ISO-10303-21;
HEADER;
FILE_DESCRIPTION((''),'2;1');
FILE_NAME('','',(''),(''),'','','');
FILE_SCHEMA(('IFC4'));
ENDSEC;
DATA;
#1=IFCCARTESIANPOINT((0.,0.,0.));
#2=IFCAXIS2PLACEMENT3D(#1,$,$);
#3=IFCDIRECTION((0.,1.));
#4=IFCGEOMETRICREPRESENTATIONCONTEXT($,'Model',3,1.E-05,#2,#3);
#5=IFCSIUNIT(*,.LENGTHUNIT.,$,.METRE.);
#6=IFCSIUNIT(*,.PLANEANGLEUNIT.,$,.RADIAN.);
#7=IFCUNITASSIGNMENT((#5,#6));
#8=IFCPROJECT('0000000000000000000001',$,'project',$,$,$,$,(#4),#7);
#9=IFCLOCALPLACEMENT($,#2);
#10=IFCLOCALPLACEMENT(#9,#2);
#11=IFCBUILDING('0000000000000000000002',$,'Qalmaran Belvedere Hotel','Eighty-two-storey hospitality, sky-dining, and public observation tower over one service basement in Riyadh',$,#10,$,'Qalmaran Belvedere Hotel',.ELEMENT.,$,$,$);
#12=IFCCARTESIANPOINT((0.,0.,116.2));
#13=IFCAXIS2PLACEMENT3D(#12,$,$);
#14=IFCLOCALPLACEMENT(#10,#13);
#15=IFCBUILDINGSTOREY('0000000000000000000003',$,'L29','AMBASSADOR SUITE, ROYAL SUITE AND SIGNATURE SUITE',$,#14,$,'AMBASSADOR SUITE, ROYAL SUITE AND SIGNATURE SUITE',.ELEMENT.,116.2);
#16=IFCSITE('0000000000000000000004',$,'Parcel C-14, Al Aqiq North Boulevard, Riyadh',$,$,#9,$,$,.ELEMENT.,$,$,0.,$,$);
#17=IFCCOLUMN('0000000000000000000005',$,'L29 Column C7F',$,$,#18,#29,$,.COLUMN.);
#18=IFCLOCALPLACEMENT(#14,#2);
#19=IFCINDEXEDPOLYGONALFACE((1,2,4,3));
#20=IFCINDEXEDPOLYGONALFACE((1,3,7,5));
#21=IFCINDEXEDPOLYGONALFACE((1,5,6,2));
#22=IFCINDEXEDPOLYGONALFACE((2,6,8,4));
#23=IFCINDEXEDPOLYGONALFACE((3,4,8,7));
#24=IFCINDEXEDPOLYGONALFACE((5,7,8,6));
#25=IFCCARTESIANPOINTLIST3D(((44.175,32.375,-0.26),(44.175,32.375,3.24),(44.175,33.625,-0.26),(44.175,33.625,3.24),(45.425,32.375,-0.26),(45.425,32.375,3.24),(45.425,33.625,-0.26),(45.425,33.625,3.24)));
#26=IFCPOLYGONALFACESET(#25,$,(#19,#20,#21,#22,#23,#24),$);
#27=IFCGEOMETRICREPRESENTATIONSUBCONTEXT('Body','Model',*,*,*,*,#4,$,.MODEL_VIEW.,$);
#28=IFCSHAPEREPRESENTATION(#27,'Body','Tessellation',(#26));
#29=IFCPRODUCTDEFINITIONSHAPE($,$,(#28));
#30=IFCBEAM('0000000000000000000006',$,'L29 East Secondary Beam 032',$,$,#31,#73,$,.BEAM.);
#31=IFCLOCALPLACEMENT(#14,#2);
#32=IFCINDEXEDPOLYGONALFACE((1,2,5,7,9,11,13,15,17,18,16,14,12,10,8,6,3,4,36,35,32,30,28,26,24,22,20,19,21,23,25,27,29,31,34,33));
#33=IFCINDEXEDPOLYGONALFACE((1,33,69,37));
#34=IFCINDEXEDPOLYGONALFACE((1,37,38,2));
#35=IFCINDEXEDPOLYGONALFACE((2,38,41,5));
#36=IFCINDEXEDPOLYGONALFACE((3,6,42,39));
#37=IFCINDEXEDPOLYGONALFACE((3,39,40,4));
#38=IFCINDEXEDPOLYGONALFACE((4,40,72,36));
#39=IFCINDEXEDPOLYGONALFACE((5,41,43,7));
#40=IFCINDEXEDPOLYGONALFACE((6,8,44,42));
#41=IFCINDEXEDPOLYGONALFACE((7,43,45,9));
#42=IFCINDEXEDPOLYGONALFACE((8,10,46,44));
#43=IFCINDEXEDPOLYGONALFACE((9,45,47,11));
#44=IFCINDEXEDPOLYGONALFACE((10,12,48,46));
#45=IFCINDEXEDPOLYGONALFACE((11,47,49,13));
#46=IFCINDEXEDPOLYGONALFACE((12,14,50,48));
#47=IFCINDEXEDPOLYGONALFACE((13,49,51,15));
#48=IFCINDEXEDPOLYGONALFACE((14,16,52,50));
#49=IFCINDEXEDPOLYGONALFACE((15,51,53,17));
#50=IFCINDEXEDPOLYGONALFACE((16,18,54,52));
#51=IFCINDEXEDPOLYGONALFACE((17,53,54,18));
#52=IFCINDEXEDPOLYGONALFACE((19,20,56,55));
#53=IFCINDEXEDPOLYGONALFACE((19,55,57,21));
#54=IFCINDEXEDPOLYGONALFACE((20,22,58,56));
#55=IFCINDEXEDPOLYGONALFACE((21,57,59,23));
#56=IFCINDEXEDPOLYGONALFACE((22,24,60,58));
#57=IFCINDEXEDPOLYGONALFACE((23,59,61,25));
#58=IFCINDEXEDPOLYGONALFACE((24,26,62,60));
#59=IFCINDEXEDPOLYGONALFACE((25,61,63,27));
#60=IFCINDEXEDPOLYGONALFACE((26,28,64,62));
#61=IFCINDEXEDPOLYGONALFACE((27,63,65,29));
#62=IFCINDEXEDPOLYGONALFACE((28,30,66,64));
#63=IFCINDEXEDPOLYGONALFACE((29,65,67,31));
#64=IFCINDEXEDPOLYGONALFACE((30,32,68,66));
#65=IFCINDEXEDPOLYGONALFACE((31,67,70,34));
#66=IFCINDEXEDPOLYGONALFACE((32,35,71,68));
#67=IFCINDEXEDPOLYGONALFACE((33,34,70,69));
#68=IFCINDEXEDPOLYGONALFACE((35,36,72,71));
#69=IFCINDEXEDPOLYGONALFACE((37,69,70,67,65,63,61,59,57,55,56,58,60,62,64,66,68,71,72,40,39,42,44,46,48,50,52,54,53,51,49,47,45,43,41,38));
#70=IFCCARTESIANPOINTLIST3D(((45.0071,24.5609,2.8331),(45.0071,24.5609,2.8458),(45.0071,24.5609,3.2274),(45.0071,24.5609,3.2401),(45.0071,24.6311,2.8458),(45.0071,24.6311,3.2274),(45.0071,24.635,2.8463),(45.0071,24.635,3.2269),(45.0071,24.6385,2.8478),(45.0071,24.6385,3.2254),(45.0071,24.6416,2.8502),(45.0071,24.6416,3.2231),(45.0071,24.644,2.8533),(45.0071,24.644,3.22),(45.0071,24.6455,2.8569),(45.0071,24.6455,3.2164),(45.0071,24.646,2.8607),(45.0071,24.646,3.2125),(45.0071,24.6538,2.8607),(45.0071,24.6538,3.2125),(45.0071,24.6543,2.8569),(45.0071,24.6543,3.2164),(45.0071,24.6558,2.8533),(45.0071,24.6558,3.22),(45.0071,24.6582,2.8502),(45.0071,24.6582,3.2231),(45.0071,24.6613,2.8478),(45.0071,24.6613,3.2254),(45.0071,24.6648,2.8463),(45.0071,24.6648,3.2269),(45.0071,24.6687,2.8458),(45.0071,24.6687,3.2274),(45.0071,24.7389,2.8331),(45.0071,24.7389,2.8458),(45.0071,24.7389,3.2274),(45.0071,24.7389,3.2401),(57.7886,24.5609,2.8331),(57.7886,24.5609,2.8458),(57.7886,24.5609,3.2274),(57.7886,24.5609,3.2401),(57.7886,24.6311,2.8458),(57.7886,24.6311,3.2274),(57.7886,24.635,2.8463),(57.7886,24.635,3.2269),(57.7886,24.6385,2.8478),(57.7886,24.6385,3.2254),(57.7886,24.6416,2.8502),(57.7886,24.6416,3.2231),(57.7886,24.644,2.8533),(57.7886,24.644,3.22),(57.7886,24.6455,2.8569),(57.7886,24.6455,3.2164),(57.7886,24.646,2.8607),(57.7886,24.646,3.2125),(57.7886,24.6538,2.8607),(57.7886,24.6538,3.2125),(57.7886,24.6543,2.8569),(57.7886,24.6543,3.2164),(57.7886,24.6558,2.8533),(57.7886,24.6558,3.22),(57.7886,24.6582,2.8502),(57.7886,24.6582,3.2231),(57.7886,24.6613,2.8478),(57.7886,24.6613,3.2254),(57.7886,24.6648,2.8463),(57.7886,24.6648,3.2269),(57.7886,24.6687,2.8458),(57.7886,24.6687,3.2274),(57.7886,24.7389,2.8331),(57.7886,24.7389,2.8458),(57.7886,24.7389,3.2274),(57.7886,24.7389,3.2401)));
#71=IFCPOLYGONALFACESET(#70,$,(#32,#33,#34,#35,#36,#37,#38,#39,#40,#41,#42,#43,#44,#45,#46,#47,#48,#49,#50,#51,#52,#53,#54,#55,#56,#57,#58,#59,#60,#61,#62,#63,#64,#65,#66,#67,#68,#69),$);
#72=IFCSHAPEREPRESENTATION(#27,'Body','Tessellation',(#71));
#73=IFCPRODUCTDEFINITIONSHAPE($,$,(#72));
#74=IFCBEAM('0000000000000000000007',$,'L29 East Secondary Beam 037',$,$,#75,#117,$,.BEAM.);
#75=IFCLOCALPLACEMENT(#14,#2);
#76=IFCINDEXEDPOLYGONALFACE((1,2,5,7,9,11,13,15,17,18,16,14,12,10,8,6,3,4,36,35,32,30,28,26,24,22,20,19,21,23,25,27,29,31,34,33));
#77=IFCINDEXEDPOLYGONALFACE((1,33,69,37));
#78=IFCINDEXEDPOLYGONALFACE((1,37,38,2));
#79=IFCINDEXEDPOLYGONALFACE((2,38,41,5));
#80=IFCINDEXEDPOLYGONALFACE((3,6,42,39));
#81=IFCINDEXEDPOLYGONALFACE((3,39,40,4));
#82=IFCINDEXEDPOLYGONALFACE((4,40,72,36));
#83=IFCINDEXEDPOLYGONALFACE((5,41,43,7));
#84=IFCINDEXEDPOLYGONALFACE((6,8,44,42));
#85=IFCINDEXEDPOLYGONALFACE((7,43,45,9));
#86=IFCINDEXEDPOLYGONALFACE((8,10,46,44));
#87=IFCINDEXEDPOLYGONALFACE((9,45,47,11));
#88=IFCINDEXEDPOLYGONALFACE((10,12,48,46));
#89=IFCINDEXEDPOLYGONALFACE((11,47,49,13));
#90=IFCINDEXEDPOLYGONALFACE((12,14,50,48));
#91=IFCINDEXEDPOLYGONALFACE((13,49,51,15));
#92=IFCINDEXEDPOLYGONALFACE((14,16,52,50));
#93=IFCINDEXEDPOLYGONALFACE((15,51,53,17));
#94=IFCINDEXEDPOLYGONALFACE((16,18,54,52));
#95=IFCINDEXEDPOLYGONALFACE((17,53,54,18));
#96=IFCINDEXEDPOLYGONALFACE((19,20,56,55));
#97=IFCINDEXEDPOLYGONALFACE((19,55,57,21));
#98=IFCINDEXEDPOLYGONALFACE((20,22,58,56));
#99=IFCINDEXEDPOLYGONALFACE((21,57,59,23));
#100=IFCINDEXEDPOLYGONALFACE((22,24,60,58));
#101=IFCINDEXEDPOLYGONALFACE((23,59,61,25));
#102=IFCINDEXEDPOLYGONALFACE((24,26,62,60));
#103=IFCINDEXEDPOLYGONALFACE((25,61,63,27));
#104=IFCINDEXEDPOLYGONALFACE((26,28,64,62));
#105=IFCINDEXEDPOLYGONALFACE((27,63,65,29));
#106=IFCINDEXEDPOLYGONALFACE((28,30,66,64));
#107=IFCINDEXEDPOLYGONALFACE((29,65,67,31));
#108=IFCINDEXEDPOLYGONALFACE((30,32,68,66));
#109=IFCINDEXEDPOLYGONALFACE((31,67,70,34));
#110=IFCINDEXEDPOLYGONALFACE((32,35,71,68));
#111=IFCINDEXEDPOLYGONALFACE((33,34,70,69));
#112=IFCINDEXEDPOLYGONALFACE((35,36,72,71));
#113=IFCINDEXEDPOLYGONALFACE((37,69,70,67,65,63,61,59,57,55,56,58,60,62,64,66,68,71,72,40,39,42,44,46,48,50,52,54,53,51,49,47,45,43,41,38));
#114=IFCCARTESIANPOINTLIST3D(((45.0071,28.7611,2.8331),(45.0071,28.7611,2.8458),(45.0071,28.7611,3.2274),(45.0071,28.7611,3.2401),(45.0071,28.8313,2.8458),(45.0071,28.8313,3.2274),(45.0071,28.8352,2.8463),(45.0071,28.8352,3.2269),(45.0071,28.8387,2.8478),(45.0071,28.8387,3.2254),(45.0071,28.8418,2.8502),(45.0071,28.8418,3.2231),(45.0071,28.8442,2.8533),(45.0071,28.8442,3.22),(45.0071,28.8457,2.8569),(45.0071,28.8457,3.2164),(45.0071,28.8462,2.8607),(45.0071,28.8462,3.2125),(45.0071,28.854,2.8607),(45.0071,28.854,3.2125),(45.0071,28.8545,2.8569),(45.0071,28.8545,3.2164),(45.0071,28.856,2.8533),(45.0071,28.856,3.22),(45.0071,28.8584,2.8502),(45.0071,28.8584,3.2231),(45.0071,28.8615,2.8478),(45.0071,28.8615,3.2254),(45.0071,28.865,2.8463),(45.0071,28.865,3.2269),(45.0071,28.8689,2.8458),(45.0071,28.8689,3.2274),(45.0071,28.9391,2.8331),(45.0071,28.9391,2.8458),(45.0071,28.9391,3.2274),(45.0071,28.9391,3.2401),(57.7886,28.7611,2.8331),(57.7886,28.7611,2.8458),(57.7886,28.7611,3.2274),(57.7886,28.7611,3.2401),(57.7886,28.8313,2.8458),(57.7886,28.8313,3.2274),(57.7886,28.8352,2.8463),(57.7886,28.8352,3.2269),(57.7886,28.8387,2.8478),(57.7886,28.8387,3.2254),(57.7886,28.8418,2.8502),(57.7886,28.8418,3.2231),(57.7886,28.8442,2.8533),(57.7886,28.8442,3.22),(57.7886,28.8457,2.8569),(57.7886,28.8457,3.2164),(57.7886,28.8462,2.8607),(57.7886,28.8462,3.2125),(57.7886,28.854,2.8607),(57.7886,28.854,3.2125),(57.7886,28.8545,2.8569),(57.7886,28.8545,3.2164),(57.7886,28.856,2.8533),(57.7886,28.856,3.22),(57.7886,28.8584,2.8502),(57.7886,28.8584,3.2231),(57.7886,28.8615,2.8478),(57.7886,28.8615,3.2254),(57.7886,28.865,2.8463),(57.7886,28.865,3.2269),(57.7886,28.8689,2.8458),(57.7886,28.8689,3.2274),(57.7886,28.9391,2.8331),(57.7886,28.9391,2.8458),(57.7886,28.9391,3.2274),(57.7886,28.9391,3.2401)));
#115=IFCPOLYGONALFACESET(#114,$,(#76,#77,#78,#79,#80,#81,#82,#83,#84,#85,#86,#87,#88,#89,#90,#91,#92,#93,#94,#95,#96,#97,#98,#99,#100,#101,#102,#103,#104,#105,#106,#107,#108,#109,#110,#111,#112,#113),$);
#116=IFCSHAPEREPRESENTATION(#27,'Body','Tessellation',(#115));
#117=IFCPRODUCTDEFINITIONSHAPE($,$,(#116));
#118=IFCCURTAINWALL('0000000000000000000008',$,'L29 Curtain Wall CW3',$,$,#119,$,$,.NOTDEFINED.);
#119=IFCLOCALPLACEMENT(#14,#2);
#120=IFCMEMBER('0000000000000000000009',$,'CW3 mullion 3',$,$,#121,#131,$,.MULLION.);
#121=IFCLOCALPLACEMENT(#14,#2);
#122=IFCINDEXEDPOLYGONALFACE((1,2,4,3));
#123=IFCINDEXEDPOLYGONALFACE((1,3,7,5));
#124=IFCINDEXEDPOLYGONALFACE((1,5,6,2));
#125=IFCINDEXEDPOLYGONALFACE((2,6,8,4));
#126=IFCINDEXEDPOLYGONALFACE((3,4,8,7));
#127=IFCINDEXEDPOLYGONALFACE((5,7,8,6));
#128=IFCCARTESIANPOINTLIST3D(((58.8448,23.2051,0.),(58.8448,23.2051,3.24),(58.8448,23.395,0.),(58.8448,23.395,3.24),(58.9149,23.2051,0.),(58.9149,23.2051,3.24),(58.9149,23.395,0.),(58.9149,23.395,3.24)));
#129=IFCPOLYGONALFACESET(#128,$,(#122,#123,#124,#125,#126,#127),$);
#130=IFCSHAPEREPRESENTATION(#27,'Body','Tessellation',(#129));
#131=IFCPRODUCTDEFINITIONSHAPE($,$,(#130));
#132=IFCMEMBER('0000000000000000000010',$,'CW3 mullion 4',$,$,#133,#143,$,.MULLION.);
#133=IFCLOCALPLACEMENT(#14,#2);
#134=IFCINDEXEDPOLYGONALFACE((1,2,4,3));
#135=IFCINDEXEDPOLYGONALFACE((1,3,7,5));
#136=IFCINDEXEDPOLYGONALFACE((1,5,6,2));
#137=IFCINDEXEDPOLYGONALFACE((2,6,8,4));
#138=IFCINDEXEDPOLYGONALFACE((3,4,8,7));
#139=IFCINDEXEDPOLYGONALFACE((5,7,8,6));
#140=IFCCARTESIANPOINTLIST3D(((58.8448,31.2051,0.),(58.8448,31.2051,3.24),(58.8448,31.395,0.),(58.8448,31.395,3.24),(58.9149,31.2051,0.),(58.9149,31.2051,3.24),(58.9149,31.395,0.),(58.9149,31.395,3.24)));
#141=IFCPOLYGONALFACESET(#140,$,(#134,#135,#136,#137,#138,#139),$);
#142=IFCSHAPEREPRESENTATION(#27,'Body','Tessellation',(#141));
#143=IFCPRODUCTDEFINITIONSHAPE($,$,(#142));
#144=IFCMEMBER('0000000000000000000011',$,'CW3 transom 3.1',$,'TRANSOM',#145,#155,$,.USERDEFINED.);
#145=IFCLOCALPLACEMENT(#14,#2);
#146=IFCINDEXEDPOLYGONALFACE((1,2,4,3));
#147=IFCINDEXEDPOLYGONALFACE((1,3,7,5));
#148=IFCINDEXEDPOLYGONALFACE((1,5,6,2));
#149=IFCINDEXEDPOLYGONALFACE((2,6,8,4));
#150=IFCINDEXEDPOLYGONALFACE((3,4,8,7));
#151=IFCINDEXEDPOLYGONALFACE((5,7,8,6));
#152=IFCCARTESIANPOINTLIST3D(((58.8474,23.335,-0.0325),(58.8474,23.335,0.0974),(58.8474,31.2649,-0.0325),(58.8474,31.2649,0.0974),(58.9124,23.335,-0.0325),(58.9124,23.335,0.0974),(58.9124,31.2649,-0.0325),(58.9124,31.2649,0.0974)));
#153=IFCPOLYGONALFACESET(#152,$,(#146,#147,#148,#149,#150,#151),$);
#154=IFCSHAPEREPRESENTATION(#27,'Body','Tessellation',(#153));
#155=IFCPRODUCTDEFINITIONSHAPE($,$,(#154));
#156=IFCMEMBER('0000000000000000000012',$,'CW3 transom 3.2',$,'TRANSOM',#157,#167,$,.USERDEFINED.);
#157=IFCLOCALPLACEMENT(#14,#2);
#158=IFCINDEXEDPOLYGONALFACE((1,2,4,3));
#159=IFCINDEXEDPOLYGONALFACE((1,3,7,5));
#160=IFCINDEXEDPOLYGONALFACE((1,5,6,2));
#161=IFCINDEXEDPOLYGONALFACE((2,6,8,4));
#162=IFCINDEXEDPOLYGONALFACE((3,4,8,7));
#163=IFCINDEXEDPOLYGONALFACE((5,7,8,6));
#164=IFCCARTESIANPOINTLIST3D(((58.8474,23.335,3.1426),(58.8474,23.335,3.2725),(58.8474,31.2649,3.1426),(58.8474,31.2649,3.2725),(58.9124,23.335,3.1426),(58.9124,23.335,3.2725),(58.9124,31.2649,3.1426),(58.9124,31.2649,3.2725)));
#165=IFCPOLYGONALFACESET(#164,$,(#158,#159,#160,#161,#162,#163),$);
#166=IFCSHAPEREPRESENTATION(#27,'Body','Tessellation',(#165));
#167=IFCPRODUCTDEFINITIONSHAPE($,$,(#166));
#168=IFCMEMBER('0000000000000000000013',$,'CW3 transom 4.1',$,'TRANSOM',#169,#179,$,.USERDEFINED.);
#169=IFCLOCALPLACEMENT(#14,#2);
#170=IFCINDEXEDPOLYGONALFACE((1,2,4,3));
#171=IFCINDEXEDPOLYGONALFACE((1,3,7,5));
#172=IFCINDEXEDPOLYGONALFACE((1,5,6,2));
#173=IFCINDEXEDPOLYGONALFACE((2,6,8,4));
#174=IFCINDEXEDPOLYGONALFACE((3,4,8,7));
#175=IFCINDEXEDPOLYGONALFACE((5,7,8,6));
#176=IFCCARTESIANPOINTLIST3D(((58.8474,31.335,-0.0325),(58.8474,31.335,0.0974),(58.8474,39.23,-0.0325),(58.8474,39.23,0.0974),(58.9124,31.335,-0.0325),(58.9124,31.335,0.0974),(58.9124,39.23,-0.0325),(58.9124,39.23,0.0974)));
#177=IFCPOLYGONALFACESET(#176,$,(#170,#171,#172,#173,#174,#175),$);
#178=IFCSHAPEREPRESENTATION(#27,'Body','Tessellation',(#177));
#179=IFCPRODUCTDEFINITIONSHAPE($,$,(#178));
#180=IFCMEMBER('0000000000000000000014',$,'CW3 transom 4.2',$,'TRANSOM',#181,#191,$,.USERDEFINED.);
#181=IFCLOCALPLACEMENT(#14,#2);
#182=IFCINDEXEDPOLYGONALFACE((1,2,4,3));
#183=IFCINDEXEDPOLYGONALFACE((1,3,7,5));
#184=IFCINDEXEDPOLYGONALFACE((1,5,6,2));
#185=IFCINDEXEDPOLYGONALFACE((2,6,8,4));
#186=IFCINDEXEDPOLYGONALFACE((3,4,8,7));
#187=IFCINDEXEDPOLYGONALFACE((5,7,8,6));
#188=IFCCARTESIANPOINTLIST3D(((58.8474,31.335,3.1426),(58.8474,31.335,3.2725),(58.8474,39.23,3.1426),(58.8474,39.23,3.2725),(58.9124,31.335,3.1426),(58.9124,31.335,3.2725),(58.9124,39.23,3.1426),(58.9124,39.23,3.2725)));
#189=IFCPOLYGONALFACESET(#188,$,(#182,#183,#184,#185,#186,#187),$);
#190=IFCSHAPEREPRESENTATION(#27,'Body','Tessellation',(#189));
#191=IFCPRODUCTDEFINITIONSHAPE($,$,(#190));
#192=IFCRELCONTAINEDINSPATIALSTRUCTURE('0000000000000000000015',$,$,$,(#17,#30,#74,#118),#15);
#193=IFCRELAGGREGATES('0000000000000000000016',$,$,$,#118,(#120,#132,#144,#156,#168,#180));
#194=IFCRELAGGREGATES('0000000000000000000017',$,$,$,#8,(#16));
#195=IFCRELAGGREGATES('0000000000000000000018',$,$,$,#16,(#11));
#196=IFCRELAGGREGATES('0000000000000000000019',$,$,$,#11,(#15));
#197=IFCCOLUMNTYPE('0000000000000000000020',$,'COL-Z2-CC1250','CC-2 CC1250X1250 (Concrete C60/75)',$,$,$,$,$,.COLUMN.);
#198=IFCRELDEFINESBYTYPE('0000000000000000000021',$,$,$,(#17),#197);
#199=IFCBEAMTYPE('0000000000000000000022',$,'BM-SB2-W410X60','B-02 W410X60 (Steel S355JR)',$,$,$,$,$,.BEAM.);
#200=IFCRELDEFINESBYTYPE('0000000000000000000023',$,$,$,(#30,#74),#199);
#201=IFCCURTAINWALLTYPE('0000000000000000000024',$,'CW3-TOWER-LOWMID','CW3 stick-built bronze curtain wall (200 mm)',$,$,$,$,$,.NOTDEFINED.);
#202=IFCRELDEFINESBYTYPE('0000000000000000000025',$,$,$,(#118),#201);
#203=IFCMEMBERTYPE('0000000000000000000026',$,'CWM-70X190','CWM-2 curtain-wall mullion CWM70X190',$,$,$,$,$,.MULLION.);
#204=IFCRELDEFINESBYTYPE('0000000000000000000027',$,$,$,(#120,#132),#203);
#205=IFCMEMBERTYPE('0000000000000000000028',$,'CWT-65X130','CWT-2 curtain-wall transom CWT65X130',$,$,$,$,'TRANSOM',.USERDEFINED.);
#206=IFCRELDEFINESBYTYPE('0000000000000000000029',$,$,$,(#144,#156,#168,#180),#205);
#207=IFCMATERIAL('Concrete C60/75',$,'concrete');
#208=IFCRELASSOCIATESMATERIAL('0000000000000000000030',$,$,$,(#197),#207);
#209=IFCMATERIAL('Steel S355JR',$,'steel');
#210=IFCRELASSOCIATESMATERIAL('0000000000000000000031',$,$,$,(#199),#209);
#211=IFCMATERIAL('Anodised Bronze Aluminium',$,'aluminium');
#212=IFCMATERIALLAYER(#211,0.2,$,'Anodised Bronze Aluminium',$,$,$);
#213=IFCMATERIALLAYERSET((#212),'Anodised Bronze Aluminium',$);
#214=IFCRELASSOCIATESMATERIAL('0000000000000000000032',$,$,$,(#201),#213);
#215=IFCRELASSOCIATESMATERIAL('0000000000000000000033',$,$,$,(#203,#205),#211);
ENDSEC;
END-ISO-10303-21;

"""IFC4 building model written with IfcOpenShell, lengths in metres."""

from ifc_helpers import new_model, si_unit, direction, frame, origin, origin_2d, place, context, subcontext, project, spatial, rectangle, i_section, extrude, material, layer, layer_set, material_profile, profile_set, type_object, element, aggregate, save


model = new_model("IFC4")

# Units and contexts
model_context = context("Model", 3, precision=1e-05, world=origin(), true_north=direction((0.0, 1.0)))
body_context = subcontext(model_context, "Body", "Model", "MODEL_VIEW")
ifc_project = project(units=[si_unit("LENGTHUNIT", "METRE"), si_unit("PLANEANGLEUNIT", "RADIAN")], contexts=[model_context])

# Site, building, storey
site_placement = place(None, origin())
site = spatial("IfcSite", under=ifc_project, at=site_placement, Name="Parcel C-14, Al Aqiq North Boulevard, Riyadh", CompositionType="ELEMENT", RefElevation=0.0)
building_placement = place(site_placement, origin())
building = spatial("IfcBuilding", under=site, at=building_placement, Name="Qalmaran Belvedere Hotel", Description="Eighty-two-storey hospitality, sky-dining, and public observation tower over one service basement in Riyadh", LongName="Qalmaran Belvedere Hotel", CompositionType="ELEMENT")
storey_placement = place(building_placement, frame((0.0, 0.0, 116.2)))
storey = spatial("IfcBuildingStorey", under=building, at=storey_placement, Name="L29", Description="AMBASSADOR SUITE, ROYAL SUITE AND SIGNATURE SUITE", LongName="AMBASSADOR SUITE, ROYAL SUITE AND SIGNATURE SUITE", CompositionType="ELEMENT", Elevation=116.2)

# Column
ifc_material_1 = material(Name="Concrete C60/75", Category="concrete")
ifc_material_profile_1 = material_profile(ifc_material_1, rectangle(XDim=1.25, YDim=1.25, at=origin_2d()), Name="CC1250X1250")
ifc_profile_set_1 = profile_set([ifc_material_profile_1], Name="Concrete C60/75")
column_type = type_object("IfcColumnType", Name="COL-Z2-CC1250", Description="CC-2 CC1250X1250 (Concrete C60/75)", PredefinedType="COLUMN", material=ifc_profile_set_1)
column_placement = place(storey_placement, frame((44.8, 33.0, -0.26), z_axis=(0.0, 0.0, 1.0), x_axis=(1.0, 0.0, 0.0)))
element("IfcColumn", 1, at=column_placement, inside=storey, type_object=column_type, Name="L29 Column C7F", PredefinedType="COLUMN", context=body_context, shape_type="SweptSolid", body=[
    extrude(rectangle(XDim=1.25, YDim=1.25, at=origin_2d()), origin(), (0.0, 0.0, 1.0), 3.5),
])

# Beams
ifc_material_2 = material(Name="Steel S355JR", Category="steel")
ifc_material_profile_2 = material_profile(ifc_material_2, i_section(OverallWidth=0.178, OverallDepth=0.407, WebThickness=0.0078, FlangeThickness=0.0127, FilletRadius=0.0149, at=origin_2d()), Name="W410X60")
ifc_profile_set_2 = profile_set([ifc_material_profile_2], Name="Steel S355JR")
beam_type = type_object("IfcBeamType", Name="BM-SB2-W410X60", Description="B-02 W410X60 (Steel S355JR)", PredefinedType="BEAM", material=ifc_profile_set_2)
for number, where, z_axis, x_axis, name in (
    (2, (45.0071, 24.6499, 3.0366), (1.0, 0.0, 0.0), (0.0, 1.0, 0.0), "L29 East Secondary Beam 032"),
    (3, (45.0071, 28.8501, 3.0366), (1.0, 0.0, 0.0), (0.0, 1.0, 0.0), "L29 East Secondary Beam 037"),
):
    element("IfcBeam", number, at=place(storey_placement, frame(where, z_axis=z_axis, x_axis=x_axis)), inside=storey, type_object=beam_type, Name=name, PredefinedType="BEAM", context=body_context, shape_type="SweptSolid", body=[
        extrude(i_section(OverallWidth=0.178, OverallDepth=0.407, WebThickness=0.0078, FlangeThickness=0.0127, FilletRadius=0.0149, at=origin_2d()), origin(), (0.0, 0.0, 1.0), 12.7815),
    ])

# Curtain wall, members
ifc_material_3 = material(Name="Anodised Bronze Aluminium", Category="aluminium")
ifc_layer_1 = layer(ifc_material_3, 0.2, Name="Anodised Bronze Aluminium")
ifc_layer_set_1 = layer_set([ifc_layer_1], Name="Anodised Bronze Aluminium")
curtain_wall_type = type_object("IfcCurtainWallType", Name="CW3-TOWER-LOWMID", Description="CW3 stick-built bronze curtain wall (200 mm)", PredefinedType="NOTDEFINED", material=ifc_layer_set_1)
curtain_wall_placement = place(storey_placement, origin())
curtain_wall = element("IfcCurtainWall", 4, at=curtain_wall_placement, inside=storey, type_object=curtain_wall_type, Name="L29 Curtain Wall CW3", PredefinedType="NOTDEFINED")
ifc_material_profile_3 = material_profile(ifc_material_3, rectangle(XDim=0.0701, YDim=0.1899, at=origin_2d()), Name="CWM70X190")
ifc_profile_set_3 = profile_set([ifc_material_profile_3], Name="Anodised Bronze Aluminium")
member_type_1 = type_object("IfcMemberType", Name="CWM-70X190", Description="CWM-2 curtain-wall mullion CWM70X190", PredefinedType="MULLION", material=ifc_profile_set_3)
member_1_placement = place(storey_placement, frame((58.8799, 23.3, 0.0), z_axis=(0.0, 0.0, 1.0), x_axis=(-1.0, 0.0, 0.0)))
member_1 = element("IfcMember", 5, at=member_1_placement, type_object=member_type_1, Name="CW3 mullion 3", PredefinedType="MULLION", context=body_context, shape_type="SweptSolid", body=[
    extrude(rectangle(XDim=0.0701, YDim=0.1899, at=origin_2d()), origin(), (0.0, 0.0, 1.0), 3.24),
])
member_2_placement = place(storey_placement, frame((58.8799, 31.3, 0.0), z_axis=(0.0, 0.0, 1.0), x_axis=(-1.0, 0.0, 0.0)))
member_2 = element("IfcMember", 6, at=member_2_placement, type_object=member_type_1, Name="CW3 mullion 4", PredefinedType="MULLION", context=body_context, shape_type="SweptSolid", body=[
    extrude(rectangle(XDim=0.0701, YDim=0.1899, at=origin_2d()), origin(), (0.0, 0.0, 1.0), 3.24),
])
ifc_material_profile_4 = material_profile(ifc_material_3, rectangle(XDim=0.0649, YDim=0.1299, at=origin_2d()), Name="CWT65X130")
ifc_profile_set_4 = profile_set([ifc_material_profile_4], Name="Anodised Bronze Aluminium")
member_type_2 = type_object("IfcMemberType", Name="CWT-65X130", Description="CWT-2 curtain-wall transom CWT65X130", ElementType="TRANSOM", PredefinedType="USERDEFINED", material=ifc_profile_set_4)
member_3_placement = place(storey_placement, frame((58.8799, 23.335, 0.0325), z_axis=(0.0, 1.0, 0.0), x_axis=(-1.0, 0.0, 0.0)))
member_3 = element("IfcMember", 7, at=member_3_placement, type_object=member_type_2, Name="CW3 transom 3.1", ObjectType="TRANSOM", PredefinedType="USERDEFINED", context=body_context, shape_type="SweptSolid", body=[
    extrude(rectangle(XDim=0.0649, YDim=0.1299, at=origin_2d()), origin(), (0.0, 0.0, 1.0), 7.9299),
])
member_4_placement = place(storey_placement, frame((58.8799, 23.335, 3.2075), z_axis=(0.0, 1.0, 0.0), x_axis=(-1.0, 0.0, 0.0)))
member_4 = element("IfcMember", 8, at=member_4_placement, type_object=member_type_2, Name="CW3 transom 3.2", ObjectType="TRANSOM", PredefinedType="USERDEFINED", context=body_context, shape_type="SweptSolid", body=[
    extrude(rectangle(XDim=0.0649, YDim=0.1299, at=origin_2d()), origin(), (0.0, 0.0, 1.0), 7.9299),
])
member_5_placement = place(storey_placement, frame((58.8799, 31.335, 0.0325), z_axis=(0.0, 1.0, 0.0), x_axis=(-1.0, 0.0, 0.0)))
member_5 = element("IfcMember", 9, at=member_5_placement, type_object=member_type_2, Name="CW3 transom 4.1", ObjectType="TRANSOM", PredefinedType="USERDEFINED", context=body_context, shape_type="SweptSolid", body=[
    extrude(rectangle(XDim=0.0649, YDim=0.1299, at=origin_2d()), origin(), (0.0, 0.0, 1.0), 7.895),
])
member_6_placement = place(storey_placement, frame((58.8799, 31.335, 3.2075), z_axis=(0.0, 1.0, 0.0), x_axis=(-1.0, 0.0, 0.0)))
member_6 = element("IfcMember", 10, at=member_6_placement, type_object=member_type_2, Name="CW3 transom 4.2", ObjectType="TRANSOM", PredefinedType="USERDEFINED", context=body_context, shape_type="SweptSolid", body=[
    extrude(rectangle(XDim=0.0649, YDim=0.1299, at=origin_2d()), origin(), (0.0, 0.0, 1.0), 7.895),
])
aggregate(curtain_wall, [member_1, member_2, member_3, member_4, member_5, member_6])

save(model, "model.ifc")
